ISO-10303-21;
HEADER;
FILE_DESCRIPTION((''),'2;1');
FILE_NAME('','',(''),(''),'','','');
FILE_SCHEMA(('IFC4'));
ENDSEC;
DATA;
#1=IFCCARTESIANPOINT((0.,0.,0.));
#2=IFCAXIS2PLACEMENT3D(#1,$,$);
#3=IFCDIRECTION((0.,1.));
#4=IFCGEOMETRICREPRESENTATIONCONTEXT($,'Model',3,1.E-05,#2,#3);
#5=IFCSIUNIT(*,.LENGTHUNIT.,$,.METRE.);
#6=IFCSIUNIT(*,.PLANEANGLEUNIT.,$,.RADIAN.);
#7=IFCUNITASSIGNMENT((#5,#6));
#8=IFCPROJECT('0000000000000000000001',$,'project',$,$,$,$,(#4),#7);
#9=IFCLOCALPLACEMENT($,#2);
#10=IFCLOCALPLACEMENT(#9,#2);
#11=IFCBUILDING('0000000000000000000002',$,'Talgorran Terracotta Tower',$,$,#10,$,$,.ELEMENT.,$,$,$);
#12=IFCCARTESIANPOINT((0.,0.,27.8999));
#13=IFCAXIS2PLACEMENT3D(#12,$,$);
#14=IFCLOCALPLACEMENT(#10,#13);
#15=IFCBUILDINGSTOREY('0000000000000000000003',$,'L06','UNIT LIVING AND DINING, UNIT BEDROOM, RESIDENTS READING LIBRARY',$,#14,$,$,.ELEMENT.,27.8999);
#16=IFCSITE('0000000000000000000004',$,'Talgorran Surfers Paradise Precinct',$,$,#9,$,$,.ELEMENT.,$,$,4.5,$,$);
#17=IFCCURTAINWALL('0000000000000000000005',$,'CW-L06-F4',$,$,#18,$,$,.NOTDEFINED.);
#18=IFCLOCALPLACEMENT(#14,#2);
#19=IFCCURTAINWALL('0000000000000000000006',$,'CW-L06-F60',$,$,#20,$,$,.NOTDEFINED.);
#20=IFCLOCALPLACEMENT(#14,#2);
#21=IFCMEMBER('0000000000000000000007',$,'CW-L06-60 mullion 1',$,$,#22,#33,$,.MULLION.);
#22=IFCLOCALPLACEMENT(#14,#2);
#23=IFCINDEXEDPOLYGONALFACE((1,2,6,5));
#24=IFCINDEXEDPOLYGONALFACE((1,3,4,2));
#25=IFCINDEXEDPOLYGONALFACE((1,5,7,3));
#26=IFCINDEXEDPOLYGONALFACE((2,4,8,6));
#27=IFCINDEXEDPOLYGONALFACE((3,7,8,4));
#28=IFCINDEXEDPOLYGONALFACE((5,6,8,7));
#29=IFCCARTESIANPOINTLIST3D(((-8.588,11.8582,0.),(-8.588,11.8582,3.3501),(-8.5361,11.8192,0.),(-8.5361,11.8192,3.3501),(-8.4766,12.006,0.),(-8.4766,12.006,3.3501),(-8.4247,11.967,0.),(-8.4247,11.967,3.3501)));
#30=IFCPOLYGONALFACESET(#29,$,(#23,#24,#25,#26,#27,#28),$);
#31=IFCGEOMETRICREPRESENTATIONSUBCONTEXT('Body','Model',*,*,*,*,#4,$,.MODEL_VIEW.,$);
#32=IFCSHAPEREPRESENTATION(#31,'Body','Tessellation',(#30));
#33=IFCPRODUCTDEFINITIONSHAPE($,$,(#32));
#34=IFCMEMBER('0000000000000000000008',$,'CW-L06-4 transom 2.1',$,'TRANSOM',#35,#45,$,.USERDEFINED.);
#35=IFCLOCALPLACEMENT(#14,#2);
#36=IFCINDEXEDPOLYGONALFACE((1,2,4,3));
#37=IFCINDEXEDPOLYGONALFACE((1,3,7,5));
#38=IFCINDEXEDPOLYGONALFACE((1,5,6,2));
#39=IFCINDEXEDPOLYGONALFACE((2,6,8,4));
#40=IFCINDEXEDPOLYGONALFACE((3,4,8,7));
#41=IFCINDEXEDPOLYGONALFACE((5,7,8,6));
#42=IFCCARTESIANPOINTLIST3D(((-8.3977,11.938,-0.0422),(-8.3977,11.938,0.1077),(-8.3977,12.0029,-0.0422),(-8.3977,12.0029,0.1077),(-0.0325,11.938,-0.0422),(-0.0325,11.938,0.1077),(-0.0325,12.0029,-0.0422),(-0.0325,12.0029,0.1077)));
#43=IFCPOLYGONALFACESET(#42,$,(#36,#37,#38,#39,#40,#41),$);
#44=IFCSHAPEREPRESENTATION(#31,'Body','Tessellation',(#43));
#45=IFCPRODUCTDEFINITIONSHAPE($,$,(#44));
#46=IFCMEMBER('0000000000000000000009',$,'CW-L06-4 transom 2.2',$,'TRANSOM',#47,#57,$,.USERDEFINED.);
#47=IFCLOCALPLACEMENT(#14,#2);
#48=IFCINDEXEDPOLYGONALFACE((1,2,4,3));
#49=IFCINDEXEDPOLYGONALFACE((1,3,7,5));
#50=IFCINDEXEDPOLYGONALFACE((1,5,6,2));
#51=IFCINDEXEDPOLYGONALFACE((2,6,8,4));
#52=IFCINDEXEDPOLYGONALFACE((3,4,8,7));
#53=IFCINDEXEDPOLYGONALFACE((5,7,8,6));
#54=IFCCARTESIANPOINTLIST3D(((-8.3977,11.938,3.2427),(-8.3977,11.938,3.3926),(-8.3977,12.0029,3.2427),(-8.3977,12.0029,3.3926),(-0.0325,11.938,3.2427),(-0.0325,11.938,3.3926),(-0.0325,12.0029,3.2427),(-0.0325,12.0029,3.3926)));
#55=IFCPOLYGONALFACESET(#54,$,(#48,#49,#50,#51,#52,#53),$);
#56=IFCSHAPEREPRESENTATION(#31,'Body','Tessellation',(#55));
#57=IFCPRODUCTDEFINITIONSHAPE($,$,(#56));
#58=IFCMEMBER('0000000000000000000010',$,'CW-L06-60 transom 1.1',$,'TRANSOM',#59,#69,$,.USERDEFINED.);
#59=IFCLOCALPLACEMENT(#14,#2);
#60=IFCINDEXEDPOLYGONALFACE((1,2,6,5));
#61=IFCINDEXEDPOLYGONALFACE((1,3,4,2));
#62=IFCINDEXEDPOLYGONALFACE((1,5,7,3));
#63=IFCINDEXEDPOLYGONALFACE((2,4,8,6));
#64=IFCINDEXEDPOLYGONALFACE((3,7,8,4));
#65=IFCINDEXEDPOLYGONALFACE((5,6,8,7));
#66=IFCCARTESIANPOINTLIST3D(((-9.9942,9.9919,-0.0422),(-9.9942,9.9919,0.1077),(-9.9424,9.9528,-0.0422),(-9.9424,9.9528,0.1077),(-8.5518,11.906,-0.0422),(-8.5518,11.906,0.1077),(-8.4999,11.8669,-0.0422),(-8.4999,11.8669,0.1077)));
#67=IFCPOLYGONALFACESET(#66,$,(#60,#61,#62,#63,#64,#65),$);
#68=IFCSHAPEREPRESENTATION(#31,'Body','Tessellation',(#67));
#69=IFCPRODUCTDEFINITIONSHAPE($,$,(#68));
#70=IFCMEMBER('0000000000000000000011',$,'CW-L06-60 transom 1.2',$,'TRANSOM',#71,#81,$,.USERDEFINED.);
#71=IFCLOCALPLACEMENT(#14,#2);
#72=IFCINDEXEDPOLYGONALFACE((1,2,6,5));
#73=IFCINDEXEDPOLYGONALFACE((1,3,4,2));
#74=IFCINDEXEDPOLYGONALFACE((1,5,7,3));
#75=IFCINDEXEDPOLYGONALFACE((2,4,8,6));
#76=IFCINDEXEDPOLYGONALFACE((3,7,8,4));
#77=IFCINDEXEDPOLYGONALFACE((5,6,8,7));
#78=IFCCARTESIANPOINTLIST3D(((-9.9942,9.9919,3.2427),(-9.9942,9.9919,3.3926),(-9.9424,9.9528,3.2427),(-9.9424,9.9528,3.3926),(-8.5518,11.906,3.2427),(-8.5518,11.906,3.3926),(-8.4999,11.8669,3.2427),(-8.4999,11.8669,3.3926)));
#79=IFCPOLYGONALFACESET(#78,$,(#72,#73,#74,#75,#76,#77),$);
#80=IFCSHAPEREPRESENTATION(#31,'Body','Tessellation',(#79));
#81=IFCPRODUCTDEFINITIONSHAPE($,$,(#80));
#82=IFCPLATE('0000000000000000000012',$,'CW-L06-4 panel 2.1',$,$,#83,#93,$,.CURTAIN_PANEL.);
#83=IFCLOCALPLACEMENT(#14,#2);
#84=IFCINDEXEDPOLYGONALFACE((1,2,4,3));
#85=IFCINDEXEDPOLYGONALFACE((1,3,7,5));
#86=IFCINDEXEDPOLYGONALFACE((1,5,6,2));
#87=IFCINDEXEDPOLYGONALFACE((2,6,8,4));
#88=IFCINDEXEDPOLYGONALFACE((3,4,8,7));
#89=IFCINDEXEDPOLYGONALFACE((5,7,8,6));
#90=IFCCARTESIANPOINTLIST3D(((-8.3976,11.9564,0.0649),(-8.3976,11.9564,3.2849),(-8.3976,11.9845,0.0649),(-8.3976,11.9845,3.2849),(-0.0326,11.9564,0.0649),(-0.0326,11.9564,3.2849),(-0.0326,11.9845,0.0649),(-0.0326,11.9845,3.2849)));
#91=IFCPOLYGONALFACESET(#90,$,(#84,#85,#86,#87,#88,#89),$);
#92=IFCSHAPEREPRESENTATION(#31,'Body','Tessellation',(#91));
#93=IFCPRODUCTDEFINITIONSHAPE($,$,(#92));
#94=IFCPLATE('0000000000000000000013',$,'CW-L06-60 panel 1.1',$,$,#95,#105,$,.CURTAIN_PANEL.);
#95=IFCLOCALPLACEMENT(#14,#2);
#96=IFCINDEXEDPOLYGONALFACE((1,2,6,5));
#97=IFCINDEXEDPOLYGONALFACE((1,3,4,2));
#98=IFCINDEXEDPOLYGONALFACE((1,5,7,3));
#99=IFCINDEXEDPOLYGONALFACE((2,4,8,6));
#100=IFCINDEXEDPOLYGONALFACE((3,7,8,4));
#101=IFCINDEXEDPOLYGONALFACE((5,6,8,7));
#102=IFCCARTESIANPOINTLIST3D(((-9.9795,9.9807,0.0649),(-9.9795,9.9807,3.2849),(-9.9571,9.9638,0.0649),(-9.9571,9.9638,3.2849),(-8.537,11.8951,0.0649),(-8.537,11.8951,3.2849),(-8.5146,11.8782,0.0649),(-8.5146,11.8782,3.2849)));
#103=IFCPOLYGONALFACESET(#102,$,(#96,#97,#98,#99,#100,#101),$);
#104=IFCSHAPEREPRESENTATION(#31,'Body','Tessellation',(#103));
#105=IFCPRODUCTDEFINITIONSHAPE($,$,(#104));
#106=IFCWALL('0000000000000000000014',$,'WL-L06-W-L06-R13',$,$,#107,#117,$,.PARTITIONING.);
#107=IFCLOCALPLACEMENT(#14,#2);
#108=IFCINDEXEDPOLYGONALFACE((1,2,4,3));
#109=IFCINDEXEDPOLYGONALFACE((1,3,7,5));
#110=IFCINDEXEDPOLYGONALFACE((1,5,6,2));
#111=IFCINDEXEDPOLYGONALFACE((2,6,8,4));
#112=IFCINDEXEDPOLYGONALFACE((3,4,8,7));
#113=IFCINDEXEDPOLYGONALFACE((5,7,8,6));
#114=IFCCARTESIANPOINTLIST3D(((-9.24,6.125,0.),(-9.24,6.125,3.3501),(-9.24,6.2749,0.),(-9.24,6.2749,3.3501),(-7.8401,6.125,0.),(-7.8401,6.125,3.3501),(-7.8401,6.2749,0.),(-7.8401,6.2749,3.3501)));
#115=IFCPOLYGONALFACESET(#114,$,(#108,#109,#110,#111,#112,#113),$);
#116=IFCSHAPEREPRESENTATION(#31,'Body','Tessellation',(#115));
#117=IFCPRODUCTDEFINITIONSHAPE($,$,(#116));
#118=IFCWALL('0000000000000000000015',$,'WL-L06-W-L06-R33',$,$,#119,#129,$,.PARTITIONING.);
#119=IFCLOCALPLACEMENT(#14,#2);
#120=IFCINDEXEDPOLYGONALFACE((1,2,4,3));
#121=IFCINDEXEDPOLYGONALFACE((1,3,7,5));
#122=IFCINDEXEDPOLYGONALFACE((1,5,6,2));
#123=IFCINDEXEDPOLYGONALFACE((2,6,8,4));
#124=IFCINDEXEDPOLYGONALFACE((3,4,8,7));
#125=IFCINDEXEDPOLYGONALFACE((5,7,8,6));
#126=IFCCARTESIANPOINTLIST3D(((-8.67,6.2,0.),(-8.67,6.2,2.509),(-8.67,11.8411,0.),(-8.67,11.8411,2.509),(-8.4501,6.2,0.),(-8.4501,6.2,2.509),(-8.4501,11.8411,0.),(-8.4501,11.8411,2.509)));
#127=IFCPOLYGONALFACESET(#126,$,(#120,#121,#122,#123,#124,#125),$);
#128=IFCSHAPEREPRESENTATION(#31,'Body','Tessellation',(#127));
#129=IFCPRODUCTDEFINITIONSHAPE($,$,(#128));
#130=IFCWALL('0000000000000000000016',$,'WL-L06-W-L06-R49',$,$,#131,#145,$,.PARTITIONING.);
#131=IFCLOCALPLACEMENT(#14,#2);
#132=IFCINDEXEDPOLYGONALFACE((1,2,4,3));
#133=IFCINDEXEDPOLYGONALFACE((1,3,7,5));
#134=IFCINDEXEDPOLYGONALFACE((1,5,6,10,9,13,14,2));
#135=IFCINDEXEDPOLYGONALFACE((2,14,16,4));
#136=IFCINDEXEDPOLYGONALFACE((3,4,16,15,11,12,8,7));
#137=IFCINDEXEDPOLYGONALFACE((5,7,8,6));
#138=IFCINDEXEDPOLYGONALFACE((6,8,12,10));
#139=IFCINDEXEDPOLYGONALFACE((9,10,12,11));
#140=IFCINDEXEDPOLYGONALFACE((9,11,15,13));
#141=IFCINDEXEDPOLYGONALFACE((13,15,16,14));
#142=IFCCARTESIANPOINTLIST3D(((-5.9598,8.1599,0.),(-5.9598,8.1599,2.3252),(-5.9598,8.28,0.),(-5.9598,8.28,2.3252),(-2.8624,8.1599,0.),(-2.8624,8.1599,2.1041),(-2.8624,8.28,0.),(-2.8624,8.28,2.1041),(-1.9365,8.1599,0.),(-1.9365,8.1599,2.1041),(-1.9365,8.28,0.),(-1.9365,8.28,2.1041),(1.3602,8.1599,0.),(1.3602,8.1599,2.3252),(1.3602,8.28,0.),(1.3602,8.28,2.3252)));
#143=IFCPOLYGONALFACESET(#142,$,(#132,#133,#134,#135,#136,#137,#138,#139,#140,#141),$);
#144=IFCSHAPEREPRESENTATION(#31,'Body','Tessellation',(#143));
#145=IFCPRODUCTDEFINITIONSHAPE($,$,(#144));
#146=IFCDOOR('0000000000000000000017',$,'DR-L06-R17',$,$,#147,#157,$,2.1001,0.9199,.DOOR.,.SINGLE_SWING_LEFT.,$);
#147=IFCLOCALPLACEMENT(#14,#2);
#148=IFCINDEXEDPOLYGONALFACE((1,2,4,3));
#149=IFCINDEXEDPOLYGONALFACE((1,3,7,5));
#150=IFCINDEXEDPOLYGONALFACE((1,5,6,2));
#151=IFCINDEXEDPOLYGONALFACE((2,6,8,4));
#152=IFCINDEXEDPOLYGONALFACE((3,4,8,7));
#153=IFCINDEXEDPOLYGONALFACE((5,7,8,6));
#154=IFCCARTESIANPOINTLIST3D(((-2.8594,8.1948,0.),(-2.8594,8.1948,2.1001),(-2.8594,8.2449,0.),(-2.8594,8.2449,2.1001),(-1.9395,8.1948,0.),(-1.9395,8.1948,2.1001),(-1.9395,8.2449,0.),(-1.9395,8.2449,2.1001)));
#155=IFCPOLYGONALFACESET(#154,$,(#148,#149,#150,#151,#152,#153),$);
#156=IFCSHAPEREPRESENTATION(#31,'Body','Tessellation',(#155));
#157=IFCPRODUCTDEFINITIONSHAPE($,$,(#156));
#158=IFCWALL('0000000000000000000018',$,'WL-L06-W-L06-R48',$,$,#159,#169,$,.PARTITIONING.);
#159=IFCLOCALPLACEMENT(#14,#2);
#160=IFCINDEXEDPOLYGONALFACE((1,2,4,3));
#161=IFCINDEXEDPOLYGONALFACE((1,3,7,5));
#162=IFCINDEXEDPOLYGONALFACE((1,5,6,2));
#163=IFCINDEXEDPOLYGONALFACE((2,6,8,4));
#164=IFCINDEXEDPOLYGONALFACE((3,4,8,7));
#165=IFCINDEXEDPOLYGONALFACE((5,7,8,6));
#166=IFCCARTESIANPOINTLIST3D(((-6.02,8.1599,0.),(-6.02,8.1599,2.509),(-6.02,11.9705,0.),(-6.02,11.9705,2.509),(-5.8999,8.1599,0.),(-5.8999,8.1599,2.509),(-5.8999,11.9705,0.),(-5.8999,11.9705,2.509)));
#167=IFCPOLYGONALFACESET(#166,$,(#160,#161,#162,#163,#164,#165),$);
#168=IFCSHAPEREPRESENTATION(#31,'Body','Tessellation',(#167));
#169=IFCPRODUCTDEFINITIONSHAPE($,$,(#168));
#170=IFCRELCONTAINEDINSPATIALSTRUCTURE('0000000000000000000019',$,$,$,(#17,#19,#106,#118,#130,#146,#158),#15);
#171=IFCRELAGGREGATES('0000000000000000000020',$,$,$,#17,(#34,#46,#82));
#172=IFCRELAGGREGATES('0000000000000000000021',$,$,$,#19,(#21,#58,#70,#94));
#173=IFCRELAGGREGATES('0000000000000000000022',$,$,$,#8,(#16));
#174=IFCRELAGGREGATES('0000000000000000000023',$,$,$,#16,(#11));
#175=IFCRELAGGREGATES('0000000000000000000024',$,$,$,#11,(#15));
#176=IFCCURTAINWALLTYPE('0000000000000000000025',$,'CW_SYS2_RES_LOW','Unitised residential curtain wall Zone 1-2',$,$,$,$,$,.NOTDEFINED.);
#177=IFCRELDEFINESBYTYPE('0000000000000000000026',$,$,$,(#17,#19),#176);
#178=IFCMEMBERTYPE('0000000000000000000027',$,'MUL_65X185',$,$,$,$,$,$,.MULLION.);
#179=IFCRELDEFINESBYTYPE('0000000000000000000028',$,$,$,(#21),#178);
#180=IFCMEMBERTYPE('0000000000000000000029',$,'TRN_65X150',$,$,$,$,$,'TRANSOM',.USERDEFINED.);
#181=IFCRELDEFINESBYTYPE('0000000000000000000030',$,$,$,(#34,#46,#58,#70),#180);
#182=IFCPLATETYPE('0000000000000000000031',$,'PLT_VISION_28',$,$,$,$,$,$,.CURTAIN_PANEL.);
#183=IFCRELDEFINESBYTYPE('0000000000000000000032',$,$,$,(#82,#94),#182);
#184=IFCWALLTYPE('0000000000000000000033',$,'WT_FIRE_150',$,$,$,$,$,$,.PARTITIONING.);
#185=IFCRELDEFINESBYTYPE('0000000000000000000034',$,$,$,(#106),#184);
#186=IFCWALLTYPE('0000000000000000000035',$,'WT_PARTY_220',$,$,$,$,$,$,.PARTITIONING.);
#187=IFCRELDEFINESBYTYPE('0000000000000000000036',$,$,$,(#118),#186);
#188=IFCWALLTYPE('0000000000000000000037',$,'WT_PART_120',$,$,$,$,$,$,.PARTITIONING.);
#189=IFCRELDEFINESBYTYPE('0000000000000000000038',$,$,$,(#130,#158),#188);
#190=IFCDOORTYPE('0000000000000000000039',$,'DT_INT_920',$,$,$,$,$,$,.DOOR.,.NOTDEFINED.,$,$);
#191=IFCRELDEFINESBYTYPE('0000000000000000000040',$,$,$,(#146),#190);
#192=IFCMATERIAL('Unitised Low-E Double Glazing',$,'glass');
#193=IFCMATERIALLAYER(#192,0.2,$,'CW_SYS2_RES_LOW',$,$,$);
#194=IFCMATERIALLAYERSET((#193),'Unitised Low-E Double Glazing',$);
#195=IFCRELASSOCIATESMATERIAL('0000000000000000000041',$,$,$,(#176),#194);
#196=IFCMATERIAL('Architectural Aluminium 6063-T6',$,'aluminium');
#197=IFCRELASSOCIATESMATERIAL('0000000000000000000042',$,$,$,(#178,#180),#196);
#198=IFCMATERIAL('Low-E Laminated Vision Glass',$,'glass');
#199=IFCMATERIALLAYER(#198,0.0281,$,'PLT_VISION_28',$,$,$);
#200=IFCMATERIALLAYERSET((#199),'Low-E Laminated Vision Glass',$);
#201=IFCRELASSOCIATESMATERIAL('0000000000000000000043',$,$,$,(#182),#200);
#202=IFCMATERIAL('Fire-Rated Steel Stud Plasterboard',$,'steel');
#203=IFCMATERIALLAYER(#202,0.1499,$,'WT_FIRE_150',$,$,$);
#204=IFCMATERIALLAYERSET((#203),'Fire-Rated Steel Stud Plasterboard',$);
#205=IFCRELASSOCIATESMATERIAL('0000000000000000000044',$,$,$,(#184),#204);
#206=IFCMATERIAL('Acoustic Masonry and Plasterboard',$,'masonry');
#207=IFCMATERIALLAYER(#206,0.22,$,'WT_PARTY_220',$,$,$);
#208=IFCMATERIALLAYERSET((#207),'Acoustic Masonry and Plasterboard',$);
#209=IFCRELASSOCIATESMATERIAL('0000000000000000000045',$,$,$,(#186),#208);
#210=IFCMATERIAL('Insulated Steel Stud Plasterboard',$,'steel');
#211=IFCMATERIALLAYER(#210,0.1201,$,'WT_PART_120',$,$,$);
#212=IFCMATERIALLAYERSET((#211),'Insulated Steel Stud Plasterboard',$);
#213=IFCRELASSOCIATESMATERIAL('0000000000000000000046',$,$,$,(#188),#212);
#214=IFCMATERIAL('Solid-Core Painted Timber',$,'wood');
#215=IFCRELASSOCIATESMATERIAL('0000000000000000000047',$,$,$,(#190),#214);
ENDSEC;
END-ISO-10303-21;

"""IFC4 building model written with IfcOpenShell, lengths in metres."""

from ifc_helpers import new_model, si_unit, direction, frame, frame_2d, origin, origin_2d, place, context, subcontext, project, spatial, rectangle, extrude, source, transform, mapped, material, layer, layer_set, material_profile, profile_set, type_object, type_shapes, element, fill, aggregate, save


model = new_model("IFC4")

# Units and contexts
model_context = context("Model", 3, precision=1e-05, world=origin(), true_north=direction((0.0, 1.0)))
body_context = subcontext(model_context, "Body", "Model", "MODEL_VIEW")
ifc_project = project(units=[si_unit("LENGTHUNIT", "METRE"), si_unit("PLANEANGLEUNIT", "RADIAN")], contexts=[model_context])

# Site, building, storey
site_placement = place(None, origin())
site = spatial("IfcSite", under=ifc_project, at=site_placement, Name="Talgorran Surfers Paradise Precinct", CompositionType="ELEMENT", RefElevation=4.5)
building_placement = place(site_placement, origin())
building = spatial("IfcBuilding", under=site, at=building_placement, Name="Talgorran Terracotta Tower", CompositionType="ELEMENT")
storey_placement = place(building_placement, frame((0.0, 0.0, 27.8999)))
storey = spatial("IfcBuildingStorey", under=building, at=storey_placement, Name="L06", Description="UNIT LIVING AND DINING, UNIT BEDROOM, RESIDENTS READING LIBRARY", CompositionType="ELEMENT", Elevation=27.8999)

# Curtain walls, member
ifc_material_1 = material(Name="Unitised Low-E Double Glazing", Category="glass")
ifc_layer_1 = layer(ifc_material_1, 0.2, Name="CW_SYS2_RES_LOW")
ifc_layer_set_1 = layer_set([ifc_layer_1], Name="Unitised Low-E Double Glazing")
curtain_wall_type = type_object("IfcCurtainWallType", Name="CW_SYS2_RES_LOW", Description="Unitised residential curtain wall Zone 1-2", PredefinedType="NOTDEFINED", material=ifc_layer_set_1)
curtain_wall_1_placement = place(storey_placement, origin())
curtain_wall_1 = element("IfcCurtainWall", 1, at=curtain_wall_1_placement, inside=storey, type_object=curtain_wall_type, Name="CW-L06-F4", PredefinedType="NOTDEFINED")
ifc_material_2 = material(Name="Architectural Aluminium 6063-T6", Category="aluminium")
ifc_material_profile_1 = material_profile(ifc_material_2, rectangle(XDim=0.0649, YDim=0.1851, at=origin_2d()), Name="CWM65X185")
ifc_profile_set_1 = profile_set([ifc_material_profile_1], Name="Architectural Aluminium 6063-T6")
member_type_1 = type_object("IfcMemberType", Name="MUL_65X185", PredefinedType="MULLION", material=ifc_profile_set_1)
curtain_wall_2_placement = place(storey_placement, origin())
curtain_wall_2 = element("IfcCurtainWall", 2, at=curtain_wall_2_placement, inside=storey, type_object=curtain_wall_type, Name="CW-L06-F60", PredefinedType="NOTDEFINED")
member_1_placement = place(storey_placement, frame((-8.5063, 11.9126, 0.0), z_axis=(0.0, 0.0, 1.0), x_axis=(0.798645, -0.601803, 0.0)))
member_1 = element("IfcMember", 3, at=member_1_placement, type_object=member_type_1, Name="CW-L06-60 mullion 1", PredefinedType="MULLION", context=body_context, shape_type="SweptSolid", body=[
    extrude(rectangle(XDim=0.0649, YDim=0.1851, at=origin_2d()), origin(), (0.0, 0.0, 1.0), 3.3501),
])

# Members
ifc_material_profile_2 = material_profile(ifc_material_2, rectangle(XDim=0.0649, YDim=0.1499, at=origin_2d()), Name="CWT65X150")
ifc_profile_set_2 = profile_set([ifc_material_profile_2], Name="Architectural Aluminium 6063-T6")
member_type_2 = type_object("IfcMemberType", Name="TRN_65X150", ElementType="TRANSOM", PredefinedType="USERDEFINED", material=ifc_profile_set_2)
member_2_placement = place(storey_placement, frame((-0.0325, 11.9705, 0.0327), z_axis=(-1.0, 0.0, 0.0), x_axis=(0.0, -1.0, 0.0)))
member_2 = element("IfcMember", 4, at=member_2_placement, type_object=member_type_2, Name="CW-L06-4 transom 2.1", ObjectType="TRANSOM", PredefinedType="USERDEFINED", context=body_context, shape_type="SweptSolid", body=[
    extrude(rectangle(XDim=0.0649, YDim=0.1499, at=origin_2d()), origin(), (0.0, 0.0, 1.0), 8.3652),
])
member_3_placement = place(storey_placement, frame((-0.0325, 11.9705, 3.3176), z_axis=(-1.0, 0.0, 0.0), x_axis=(0.0, -1.0, 0.0)))
member_3 = element("IfcMember", 5, at=member_3_placement, type_object=member_type_2, Name="CW-L06-4 transom 2.2", ObjectType="TRANSOM", PredefinedType="USERDEFINED", context=body_context, shape_type="SweptSolid", body=[
    extrude(rectangle(XDim=0.0649, YDim=0.1499, at=origin_2d()), origin(), (0.0, 0.0, 1.0), 8.3652),
])
member_4_placement = place(storey_placement, frame((-8.5259, 11.8865, 0.0327), z_axis=(-0.601824, -0.798629, 0.0), x_axis=(0.798629, -0.601824, 0.0)))
member_4 = element("IfcMember", 6, at=member_4_placement, type_object=member_type_2, Name="CW-L06-60 transom 1.1", ObjectType="TRANSOM", PredefinedType="USERDEFINED", context=body_context, shape_type="SweptSolid", body=[
    extrude(rectangle(XDim=0.0649, YDim=0.1499, at=origin_2d()), origin(), (0.0, 0.0, 1.0), 2.3967),
])
member_5_placement = place(storey_placement, frame((-8.5259, 11.8865, 3.3176), z_axis=(-0.601824, -0.798629, 0.0), x_axis=(0.798629, -0.601824, 0.0)))
member_5 = element("IfcMember", 7, at=member_5_placement, type_object=member_type_2, Name="CW-L06-60 transom 1.2", ObjectType="TRANSOM", PredefinedType="USERDEFINED", context=body_context, shape_type="SweptSolid", body=[
    extrude(rectangle(XDim=0.0649, YDim=0.1499, at=origin_2d()), origin(), (0.0, 0.0, 1.0), 2.3967),
])

# Plates
ifc_material_3 = material(Name="Low-E Laminated Vision Glass", Category="glass")
ifc_layer_2 = layer(ifc_material_3, 0.0281, Name="PLT_VISION_28")
ifc_layer_set_2 = layer_set([ifc_layer_2], Name="Low-E Laminated Vision Glass")
plate_type = type_object("IfcPlateType", Name="PLT_VISION_28", PredefinedType="CURTAIN_PANEL", material=ifc_layer_set_2)
shared_shape_1 = source(origin(), body_context, "Body", "SweptSolid", [
    extrude(rectangle(XDim=8.365, YDim=0.0281, at=origin_2d()), origin(), (0.0, 0.0, 1.0), 3.22),
])
plate_1_placement = place(storey_placement, frame((-4.2151, 11.9705, 0.0649), z_axis=(0.0, 0.0, 1.0), x_axis=(-1.0, 0.0, 0.0)))
plate_1 = element("IfcPlate", 8, at=plate_1_placement, type_object=plate_type, Name="CW-L06-4 panel 2.1", PredefinedType="CURTAIN_PANEL", context=body_context, shape_type="MappedRepresentation", body=[
    mapped(shared_shape_1, transform((0.0, 0.0, 0.0), scale=1.0)),
])
aggregate(curtain_wall_1, [member_2, member_3, plate_1])
shared_shape_2 = source(origin(), body_context, "Body", "SweptSolid", [
    extrude(rectangle(XDim=2.397, YDim=0.0281, at=origin_2d()), origin(), (0.0, 0.0, 1.0), 3.22),
])
type_shapes(plate_type, [shared_shape_1, shared_shape_2])
plate_2_placement = place(storey_placement, frame((-9.2471, 10.9294, 0.0649), z_axis=(0.0, 0.0, 1.0), x_axis=(-0.601803, -0.798645, 0.0)))
plate_2 = element("IfcPlate", 9, at=plate_2_placement, type_object=plate_type, Name="CW-L06-60 panel 1.1", PredefinedType="CURTAIN_PANEL", context=body_context, shape_type="MappedRepresentation", body=[
    mapped(shared_shape_2, transform((0.0, 0.0, 0.0), scale=1.0)),
])
aggregate(curtain_wall_2, [member_1, member_4, member_5, plate_2])

# Walls
ifc_material_4 = material(Name="Fire-Rated Steel Stud Plasterboard", Category="steel")
ifc_layer_3 = layer(ifc_material_4, 0.1499, Name="WT_FIRE_150")
ifc_layer_set_3 = layer_set([ifc_layer_3], Name="Fire-Rated Steel Stud Plasterboard")
wall_type_1 = type_object("IfcWallType", Name="WT_FIRE_150", PredefinedType="PARTITIONING", material=ifc_layer_set_3)
wall_1_placement = place(storey_placement, frame((-9.24, 6.2, 0.0), z_axis=(0.0, 0.0, 1.0), x_axis=(1.0, 0.0, 0.0)))
element("IfcWall", 10, at=wall_1_placement, inside=storey, type_object=wall_type_1, Name="WL-L06-W-L06-R13", PredefinedType="PARTITIONING", context=body_context, shape_type="SweptSolid", body=[
    extrude(rectangle(XDim=1.3999, YDim=0.1499, at=frame_2d((0.7, 0.0))), origin(), (0.0, 0.0, 1.0), 3.3501),
])
ifc_material_5 = material(Name="Acoustic Masonry and Plasterboard", Category="masonry")
ifc_layer_4 = layer(ifc_material_5, 0.22, Name="WT_PARTY_220")
ifc_layer_set_4 = layer_set([ifc_layer_4], Name="Acoustic Masonry and Plasterboard")
wall_type_2 = type_object("IfcWallType", Name="WT_PARTY_220", PredefinedType="PARTITIONING", material=ifc_layer_set_4)
wall_2_placement = place(storey_placement, frame((-8.5601, 6.2, 0.0), z_axis=(0.0, 0.0, 1.0), x_axis=(0.0, 1.0, 0.0)))
element("IfcWall", 11, at=wall_2_placement, inside=storey, type_object=wall_type_2, Name="WL-L06-W-L06-R33", PredefinedType="PARTITIONING", context=body_context, shape_type="SweptSolid", body=[
    extrude(rectangle(XDim=5.6411, YDim=0.22, at=frame_2d((2.8206, 0.0))), origin(), (0.0, 0.0, 1.0), 2.509),
])

# Wall, opening, door
ifc_material_6 = material(Name="Insulated Steel Stud Plasterboard", Category="steel")
ifc_layer_5 = layer(ifc_material_6, 0.1201, Name="WT_PART_120")
ifc_layer_set_5 = layer_set([ifc_layer_5], Name="Insulated Steel Stud Plasterboard")
wall_type_3 = type_object("IfcWallType", Name="WT_PART_120", PredefinedType="PARTITIONING", material=ifc_layer_set_5)
wall_3_placement = place(storey_placement, frame((-5.96, 8.22, 0.0), z_axis=(0.0, 0.0, 1.0), x_axis=(1.0, 0.0, 0.0)))
wall_3 = element("IfcWall", 12, at=wall_3_placement, inside=storey, type_object=wall_type_3, Name="WL-L06-W-L06-R49", PredefinedType="PARTITIONING", context=body_context, shape_type="SweptSolid", body=[
    extrude(rectangle(XDim=7.3201, YDim=0.1201, at=frame_2d((3.6602, 0.0))), origin(), (0.0, 0.0, 1.0), 2.3252),
])
opening_1_placement = place(wall_3_placement, frame((3.1006, 0.0, 0.0)))
opening_1 = element("IfcOpeningElement", 13, at=opening_1_placement, cuts=wall_3, PredefinedType="OPENING", context=body_context, shape_type="SweptSolid", body=[
    extrude(rectangle(XDim=0.9259, YDim=2.1041, at=frame_2d((0.46, 1.052))), frame((0.0, 0.0701, 0.0), z_axis=(0.0, -1.0, 0.0), x_axis=(1.0, 0.0, 0.0)), (0.0, 0.0, 1.0), 0.1401),
])
ifc_material_7 = material(Name="Solid-Core Painted Timber", Category="wood")
door_type_1 = type_object("IfcDoorType", Name="DT_INT_920", OperationType="NOTDEFINED", PredefinedType="DOOR", material=ifc_material_7)
door_1_placement = place(opening_1_placement, origin())
door_1 = element("IfcDoor", 14, at=door_1_placement, inside=storey, type_object=door_type_1, Name="DR-L06-R17", OperationType="SINGLE_SWING_LEFT", OverallHeight=2.1001, OverallWidth=0.9199, PredefinedType="DOOR", context=body_context, shape_type="SweptSolid", body=[
    extrude(rectangle(XDim=0.9199, YDim=2.1001, at=frame_2d((0.46, 1.05))), frame((0.0, 0.0249, 0.0), z_axis=(0.0, -1.0, 0.0), x_axis=(1.0, 0.0, 0.0)), (0.0, 0.0, 1.0), 0.05),
])
fill(opening_1, door_1)

# Wall
wall_4_placement = place(storey_placement, frame((-5.96, 8.1599, 0.0), z_axis=(0.0, 0.0, 1.0), x_axis=(0.0, 1.0, 0.0)))
element("IfcWall", 15, at=wall_4_placement, inside=storey, type_object=wall_type_3, Name="WL-L06-W-L06-R48", PredefinedType="PARTITIONING", context=body_context, shape_type="SweptSolid", body=[
    extrude(rectangle(XDim=3.8105, YDim=0.1201, at=frame_2d((1.9053, 0.0))), origin(), (0.0, 0.0, 1.0), 2.509),
])

save(model, "model.ifc")
